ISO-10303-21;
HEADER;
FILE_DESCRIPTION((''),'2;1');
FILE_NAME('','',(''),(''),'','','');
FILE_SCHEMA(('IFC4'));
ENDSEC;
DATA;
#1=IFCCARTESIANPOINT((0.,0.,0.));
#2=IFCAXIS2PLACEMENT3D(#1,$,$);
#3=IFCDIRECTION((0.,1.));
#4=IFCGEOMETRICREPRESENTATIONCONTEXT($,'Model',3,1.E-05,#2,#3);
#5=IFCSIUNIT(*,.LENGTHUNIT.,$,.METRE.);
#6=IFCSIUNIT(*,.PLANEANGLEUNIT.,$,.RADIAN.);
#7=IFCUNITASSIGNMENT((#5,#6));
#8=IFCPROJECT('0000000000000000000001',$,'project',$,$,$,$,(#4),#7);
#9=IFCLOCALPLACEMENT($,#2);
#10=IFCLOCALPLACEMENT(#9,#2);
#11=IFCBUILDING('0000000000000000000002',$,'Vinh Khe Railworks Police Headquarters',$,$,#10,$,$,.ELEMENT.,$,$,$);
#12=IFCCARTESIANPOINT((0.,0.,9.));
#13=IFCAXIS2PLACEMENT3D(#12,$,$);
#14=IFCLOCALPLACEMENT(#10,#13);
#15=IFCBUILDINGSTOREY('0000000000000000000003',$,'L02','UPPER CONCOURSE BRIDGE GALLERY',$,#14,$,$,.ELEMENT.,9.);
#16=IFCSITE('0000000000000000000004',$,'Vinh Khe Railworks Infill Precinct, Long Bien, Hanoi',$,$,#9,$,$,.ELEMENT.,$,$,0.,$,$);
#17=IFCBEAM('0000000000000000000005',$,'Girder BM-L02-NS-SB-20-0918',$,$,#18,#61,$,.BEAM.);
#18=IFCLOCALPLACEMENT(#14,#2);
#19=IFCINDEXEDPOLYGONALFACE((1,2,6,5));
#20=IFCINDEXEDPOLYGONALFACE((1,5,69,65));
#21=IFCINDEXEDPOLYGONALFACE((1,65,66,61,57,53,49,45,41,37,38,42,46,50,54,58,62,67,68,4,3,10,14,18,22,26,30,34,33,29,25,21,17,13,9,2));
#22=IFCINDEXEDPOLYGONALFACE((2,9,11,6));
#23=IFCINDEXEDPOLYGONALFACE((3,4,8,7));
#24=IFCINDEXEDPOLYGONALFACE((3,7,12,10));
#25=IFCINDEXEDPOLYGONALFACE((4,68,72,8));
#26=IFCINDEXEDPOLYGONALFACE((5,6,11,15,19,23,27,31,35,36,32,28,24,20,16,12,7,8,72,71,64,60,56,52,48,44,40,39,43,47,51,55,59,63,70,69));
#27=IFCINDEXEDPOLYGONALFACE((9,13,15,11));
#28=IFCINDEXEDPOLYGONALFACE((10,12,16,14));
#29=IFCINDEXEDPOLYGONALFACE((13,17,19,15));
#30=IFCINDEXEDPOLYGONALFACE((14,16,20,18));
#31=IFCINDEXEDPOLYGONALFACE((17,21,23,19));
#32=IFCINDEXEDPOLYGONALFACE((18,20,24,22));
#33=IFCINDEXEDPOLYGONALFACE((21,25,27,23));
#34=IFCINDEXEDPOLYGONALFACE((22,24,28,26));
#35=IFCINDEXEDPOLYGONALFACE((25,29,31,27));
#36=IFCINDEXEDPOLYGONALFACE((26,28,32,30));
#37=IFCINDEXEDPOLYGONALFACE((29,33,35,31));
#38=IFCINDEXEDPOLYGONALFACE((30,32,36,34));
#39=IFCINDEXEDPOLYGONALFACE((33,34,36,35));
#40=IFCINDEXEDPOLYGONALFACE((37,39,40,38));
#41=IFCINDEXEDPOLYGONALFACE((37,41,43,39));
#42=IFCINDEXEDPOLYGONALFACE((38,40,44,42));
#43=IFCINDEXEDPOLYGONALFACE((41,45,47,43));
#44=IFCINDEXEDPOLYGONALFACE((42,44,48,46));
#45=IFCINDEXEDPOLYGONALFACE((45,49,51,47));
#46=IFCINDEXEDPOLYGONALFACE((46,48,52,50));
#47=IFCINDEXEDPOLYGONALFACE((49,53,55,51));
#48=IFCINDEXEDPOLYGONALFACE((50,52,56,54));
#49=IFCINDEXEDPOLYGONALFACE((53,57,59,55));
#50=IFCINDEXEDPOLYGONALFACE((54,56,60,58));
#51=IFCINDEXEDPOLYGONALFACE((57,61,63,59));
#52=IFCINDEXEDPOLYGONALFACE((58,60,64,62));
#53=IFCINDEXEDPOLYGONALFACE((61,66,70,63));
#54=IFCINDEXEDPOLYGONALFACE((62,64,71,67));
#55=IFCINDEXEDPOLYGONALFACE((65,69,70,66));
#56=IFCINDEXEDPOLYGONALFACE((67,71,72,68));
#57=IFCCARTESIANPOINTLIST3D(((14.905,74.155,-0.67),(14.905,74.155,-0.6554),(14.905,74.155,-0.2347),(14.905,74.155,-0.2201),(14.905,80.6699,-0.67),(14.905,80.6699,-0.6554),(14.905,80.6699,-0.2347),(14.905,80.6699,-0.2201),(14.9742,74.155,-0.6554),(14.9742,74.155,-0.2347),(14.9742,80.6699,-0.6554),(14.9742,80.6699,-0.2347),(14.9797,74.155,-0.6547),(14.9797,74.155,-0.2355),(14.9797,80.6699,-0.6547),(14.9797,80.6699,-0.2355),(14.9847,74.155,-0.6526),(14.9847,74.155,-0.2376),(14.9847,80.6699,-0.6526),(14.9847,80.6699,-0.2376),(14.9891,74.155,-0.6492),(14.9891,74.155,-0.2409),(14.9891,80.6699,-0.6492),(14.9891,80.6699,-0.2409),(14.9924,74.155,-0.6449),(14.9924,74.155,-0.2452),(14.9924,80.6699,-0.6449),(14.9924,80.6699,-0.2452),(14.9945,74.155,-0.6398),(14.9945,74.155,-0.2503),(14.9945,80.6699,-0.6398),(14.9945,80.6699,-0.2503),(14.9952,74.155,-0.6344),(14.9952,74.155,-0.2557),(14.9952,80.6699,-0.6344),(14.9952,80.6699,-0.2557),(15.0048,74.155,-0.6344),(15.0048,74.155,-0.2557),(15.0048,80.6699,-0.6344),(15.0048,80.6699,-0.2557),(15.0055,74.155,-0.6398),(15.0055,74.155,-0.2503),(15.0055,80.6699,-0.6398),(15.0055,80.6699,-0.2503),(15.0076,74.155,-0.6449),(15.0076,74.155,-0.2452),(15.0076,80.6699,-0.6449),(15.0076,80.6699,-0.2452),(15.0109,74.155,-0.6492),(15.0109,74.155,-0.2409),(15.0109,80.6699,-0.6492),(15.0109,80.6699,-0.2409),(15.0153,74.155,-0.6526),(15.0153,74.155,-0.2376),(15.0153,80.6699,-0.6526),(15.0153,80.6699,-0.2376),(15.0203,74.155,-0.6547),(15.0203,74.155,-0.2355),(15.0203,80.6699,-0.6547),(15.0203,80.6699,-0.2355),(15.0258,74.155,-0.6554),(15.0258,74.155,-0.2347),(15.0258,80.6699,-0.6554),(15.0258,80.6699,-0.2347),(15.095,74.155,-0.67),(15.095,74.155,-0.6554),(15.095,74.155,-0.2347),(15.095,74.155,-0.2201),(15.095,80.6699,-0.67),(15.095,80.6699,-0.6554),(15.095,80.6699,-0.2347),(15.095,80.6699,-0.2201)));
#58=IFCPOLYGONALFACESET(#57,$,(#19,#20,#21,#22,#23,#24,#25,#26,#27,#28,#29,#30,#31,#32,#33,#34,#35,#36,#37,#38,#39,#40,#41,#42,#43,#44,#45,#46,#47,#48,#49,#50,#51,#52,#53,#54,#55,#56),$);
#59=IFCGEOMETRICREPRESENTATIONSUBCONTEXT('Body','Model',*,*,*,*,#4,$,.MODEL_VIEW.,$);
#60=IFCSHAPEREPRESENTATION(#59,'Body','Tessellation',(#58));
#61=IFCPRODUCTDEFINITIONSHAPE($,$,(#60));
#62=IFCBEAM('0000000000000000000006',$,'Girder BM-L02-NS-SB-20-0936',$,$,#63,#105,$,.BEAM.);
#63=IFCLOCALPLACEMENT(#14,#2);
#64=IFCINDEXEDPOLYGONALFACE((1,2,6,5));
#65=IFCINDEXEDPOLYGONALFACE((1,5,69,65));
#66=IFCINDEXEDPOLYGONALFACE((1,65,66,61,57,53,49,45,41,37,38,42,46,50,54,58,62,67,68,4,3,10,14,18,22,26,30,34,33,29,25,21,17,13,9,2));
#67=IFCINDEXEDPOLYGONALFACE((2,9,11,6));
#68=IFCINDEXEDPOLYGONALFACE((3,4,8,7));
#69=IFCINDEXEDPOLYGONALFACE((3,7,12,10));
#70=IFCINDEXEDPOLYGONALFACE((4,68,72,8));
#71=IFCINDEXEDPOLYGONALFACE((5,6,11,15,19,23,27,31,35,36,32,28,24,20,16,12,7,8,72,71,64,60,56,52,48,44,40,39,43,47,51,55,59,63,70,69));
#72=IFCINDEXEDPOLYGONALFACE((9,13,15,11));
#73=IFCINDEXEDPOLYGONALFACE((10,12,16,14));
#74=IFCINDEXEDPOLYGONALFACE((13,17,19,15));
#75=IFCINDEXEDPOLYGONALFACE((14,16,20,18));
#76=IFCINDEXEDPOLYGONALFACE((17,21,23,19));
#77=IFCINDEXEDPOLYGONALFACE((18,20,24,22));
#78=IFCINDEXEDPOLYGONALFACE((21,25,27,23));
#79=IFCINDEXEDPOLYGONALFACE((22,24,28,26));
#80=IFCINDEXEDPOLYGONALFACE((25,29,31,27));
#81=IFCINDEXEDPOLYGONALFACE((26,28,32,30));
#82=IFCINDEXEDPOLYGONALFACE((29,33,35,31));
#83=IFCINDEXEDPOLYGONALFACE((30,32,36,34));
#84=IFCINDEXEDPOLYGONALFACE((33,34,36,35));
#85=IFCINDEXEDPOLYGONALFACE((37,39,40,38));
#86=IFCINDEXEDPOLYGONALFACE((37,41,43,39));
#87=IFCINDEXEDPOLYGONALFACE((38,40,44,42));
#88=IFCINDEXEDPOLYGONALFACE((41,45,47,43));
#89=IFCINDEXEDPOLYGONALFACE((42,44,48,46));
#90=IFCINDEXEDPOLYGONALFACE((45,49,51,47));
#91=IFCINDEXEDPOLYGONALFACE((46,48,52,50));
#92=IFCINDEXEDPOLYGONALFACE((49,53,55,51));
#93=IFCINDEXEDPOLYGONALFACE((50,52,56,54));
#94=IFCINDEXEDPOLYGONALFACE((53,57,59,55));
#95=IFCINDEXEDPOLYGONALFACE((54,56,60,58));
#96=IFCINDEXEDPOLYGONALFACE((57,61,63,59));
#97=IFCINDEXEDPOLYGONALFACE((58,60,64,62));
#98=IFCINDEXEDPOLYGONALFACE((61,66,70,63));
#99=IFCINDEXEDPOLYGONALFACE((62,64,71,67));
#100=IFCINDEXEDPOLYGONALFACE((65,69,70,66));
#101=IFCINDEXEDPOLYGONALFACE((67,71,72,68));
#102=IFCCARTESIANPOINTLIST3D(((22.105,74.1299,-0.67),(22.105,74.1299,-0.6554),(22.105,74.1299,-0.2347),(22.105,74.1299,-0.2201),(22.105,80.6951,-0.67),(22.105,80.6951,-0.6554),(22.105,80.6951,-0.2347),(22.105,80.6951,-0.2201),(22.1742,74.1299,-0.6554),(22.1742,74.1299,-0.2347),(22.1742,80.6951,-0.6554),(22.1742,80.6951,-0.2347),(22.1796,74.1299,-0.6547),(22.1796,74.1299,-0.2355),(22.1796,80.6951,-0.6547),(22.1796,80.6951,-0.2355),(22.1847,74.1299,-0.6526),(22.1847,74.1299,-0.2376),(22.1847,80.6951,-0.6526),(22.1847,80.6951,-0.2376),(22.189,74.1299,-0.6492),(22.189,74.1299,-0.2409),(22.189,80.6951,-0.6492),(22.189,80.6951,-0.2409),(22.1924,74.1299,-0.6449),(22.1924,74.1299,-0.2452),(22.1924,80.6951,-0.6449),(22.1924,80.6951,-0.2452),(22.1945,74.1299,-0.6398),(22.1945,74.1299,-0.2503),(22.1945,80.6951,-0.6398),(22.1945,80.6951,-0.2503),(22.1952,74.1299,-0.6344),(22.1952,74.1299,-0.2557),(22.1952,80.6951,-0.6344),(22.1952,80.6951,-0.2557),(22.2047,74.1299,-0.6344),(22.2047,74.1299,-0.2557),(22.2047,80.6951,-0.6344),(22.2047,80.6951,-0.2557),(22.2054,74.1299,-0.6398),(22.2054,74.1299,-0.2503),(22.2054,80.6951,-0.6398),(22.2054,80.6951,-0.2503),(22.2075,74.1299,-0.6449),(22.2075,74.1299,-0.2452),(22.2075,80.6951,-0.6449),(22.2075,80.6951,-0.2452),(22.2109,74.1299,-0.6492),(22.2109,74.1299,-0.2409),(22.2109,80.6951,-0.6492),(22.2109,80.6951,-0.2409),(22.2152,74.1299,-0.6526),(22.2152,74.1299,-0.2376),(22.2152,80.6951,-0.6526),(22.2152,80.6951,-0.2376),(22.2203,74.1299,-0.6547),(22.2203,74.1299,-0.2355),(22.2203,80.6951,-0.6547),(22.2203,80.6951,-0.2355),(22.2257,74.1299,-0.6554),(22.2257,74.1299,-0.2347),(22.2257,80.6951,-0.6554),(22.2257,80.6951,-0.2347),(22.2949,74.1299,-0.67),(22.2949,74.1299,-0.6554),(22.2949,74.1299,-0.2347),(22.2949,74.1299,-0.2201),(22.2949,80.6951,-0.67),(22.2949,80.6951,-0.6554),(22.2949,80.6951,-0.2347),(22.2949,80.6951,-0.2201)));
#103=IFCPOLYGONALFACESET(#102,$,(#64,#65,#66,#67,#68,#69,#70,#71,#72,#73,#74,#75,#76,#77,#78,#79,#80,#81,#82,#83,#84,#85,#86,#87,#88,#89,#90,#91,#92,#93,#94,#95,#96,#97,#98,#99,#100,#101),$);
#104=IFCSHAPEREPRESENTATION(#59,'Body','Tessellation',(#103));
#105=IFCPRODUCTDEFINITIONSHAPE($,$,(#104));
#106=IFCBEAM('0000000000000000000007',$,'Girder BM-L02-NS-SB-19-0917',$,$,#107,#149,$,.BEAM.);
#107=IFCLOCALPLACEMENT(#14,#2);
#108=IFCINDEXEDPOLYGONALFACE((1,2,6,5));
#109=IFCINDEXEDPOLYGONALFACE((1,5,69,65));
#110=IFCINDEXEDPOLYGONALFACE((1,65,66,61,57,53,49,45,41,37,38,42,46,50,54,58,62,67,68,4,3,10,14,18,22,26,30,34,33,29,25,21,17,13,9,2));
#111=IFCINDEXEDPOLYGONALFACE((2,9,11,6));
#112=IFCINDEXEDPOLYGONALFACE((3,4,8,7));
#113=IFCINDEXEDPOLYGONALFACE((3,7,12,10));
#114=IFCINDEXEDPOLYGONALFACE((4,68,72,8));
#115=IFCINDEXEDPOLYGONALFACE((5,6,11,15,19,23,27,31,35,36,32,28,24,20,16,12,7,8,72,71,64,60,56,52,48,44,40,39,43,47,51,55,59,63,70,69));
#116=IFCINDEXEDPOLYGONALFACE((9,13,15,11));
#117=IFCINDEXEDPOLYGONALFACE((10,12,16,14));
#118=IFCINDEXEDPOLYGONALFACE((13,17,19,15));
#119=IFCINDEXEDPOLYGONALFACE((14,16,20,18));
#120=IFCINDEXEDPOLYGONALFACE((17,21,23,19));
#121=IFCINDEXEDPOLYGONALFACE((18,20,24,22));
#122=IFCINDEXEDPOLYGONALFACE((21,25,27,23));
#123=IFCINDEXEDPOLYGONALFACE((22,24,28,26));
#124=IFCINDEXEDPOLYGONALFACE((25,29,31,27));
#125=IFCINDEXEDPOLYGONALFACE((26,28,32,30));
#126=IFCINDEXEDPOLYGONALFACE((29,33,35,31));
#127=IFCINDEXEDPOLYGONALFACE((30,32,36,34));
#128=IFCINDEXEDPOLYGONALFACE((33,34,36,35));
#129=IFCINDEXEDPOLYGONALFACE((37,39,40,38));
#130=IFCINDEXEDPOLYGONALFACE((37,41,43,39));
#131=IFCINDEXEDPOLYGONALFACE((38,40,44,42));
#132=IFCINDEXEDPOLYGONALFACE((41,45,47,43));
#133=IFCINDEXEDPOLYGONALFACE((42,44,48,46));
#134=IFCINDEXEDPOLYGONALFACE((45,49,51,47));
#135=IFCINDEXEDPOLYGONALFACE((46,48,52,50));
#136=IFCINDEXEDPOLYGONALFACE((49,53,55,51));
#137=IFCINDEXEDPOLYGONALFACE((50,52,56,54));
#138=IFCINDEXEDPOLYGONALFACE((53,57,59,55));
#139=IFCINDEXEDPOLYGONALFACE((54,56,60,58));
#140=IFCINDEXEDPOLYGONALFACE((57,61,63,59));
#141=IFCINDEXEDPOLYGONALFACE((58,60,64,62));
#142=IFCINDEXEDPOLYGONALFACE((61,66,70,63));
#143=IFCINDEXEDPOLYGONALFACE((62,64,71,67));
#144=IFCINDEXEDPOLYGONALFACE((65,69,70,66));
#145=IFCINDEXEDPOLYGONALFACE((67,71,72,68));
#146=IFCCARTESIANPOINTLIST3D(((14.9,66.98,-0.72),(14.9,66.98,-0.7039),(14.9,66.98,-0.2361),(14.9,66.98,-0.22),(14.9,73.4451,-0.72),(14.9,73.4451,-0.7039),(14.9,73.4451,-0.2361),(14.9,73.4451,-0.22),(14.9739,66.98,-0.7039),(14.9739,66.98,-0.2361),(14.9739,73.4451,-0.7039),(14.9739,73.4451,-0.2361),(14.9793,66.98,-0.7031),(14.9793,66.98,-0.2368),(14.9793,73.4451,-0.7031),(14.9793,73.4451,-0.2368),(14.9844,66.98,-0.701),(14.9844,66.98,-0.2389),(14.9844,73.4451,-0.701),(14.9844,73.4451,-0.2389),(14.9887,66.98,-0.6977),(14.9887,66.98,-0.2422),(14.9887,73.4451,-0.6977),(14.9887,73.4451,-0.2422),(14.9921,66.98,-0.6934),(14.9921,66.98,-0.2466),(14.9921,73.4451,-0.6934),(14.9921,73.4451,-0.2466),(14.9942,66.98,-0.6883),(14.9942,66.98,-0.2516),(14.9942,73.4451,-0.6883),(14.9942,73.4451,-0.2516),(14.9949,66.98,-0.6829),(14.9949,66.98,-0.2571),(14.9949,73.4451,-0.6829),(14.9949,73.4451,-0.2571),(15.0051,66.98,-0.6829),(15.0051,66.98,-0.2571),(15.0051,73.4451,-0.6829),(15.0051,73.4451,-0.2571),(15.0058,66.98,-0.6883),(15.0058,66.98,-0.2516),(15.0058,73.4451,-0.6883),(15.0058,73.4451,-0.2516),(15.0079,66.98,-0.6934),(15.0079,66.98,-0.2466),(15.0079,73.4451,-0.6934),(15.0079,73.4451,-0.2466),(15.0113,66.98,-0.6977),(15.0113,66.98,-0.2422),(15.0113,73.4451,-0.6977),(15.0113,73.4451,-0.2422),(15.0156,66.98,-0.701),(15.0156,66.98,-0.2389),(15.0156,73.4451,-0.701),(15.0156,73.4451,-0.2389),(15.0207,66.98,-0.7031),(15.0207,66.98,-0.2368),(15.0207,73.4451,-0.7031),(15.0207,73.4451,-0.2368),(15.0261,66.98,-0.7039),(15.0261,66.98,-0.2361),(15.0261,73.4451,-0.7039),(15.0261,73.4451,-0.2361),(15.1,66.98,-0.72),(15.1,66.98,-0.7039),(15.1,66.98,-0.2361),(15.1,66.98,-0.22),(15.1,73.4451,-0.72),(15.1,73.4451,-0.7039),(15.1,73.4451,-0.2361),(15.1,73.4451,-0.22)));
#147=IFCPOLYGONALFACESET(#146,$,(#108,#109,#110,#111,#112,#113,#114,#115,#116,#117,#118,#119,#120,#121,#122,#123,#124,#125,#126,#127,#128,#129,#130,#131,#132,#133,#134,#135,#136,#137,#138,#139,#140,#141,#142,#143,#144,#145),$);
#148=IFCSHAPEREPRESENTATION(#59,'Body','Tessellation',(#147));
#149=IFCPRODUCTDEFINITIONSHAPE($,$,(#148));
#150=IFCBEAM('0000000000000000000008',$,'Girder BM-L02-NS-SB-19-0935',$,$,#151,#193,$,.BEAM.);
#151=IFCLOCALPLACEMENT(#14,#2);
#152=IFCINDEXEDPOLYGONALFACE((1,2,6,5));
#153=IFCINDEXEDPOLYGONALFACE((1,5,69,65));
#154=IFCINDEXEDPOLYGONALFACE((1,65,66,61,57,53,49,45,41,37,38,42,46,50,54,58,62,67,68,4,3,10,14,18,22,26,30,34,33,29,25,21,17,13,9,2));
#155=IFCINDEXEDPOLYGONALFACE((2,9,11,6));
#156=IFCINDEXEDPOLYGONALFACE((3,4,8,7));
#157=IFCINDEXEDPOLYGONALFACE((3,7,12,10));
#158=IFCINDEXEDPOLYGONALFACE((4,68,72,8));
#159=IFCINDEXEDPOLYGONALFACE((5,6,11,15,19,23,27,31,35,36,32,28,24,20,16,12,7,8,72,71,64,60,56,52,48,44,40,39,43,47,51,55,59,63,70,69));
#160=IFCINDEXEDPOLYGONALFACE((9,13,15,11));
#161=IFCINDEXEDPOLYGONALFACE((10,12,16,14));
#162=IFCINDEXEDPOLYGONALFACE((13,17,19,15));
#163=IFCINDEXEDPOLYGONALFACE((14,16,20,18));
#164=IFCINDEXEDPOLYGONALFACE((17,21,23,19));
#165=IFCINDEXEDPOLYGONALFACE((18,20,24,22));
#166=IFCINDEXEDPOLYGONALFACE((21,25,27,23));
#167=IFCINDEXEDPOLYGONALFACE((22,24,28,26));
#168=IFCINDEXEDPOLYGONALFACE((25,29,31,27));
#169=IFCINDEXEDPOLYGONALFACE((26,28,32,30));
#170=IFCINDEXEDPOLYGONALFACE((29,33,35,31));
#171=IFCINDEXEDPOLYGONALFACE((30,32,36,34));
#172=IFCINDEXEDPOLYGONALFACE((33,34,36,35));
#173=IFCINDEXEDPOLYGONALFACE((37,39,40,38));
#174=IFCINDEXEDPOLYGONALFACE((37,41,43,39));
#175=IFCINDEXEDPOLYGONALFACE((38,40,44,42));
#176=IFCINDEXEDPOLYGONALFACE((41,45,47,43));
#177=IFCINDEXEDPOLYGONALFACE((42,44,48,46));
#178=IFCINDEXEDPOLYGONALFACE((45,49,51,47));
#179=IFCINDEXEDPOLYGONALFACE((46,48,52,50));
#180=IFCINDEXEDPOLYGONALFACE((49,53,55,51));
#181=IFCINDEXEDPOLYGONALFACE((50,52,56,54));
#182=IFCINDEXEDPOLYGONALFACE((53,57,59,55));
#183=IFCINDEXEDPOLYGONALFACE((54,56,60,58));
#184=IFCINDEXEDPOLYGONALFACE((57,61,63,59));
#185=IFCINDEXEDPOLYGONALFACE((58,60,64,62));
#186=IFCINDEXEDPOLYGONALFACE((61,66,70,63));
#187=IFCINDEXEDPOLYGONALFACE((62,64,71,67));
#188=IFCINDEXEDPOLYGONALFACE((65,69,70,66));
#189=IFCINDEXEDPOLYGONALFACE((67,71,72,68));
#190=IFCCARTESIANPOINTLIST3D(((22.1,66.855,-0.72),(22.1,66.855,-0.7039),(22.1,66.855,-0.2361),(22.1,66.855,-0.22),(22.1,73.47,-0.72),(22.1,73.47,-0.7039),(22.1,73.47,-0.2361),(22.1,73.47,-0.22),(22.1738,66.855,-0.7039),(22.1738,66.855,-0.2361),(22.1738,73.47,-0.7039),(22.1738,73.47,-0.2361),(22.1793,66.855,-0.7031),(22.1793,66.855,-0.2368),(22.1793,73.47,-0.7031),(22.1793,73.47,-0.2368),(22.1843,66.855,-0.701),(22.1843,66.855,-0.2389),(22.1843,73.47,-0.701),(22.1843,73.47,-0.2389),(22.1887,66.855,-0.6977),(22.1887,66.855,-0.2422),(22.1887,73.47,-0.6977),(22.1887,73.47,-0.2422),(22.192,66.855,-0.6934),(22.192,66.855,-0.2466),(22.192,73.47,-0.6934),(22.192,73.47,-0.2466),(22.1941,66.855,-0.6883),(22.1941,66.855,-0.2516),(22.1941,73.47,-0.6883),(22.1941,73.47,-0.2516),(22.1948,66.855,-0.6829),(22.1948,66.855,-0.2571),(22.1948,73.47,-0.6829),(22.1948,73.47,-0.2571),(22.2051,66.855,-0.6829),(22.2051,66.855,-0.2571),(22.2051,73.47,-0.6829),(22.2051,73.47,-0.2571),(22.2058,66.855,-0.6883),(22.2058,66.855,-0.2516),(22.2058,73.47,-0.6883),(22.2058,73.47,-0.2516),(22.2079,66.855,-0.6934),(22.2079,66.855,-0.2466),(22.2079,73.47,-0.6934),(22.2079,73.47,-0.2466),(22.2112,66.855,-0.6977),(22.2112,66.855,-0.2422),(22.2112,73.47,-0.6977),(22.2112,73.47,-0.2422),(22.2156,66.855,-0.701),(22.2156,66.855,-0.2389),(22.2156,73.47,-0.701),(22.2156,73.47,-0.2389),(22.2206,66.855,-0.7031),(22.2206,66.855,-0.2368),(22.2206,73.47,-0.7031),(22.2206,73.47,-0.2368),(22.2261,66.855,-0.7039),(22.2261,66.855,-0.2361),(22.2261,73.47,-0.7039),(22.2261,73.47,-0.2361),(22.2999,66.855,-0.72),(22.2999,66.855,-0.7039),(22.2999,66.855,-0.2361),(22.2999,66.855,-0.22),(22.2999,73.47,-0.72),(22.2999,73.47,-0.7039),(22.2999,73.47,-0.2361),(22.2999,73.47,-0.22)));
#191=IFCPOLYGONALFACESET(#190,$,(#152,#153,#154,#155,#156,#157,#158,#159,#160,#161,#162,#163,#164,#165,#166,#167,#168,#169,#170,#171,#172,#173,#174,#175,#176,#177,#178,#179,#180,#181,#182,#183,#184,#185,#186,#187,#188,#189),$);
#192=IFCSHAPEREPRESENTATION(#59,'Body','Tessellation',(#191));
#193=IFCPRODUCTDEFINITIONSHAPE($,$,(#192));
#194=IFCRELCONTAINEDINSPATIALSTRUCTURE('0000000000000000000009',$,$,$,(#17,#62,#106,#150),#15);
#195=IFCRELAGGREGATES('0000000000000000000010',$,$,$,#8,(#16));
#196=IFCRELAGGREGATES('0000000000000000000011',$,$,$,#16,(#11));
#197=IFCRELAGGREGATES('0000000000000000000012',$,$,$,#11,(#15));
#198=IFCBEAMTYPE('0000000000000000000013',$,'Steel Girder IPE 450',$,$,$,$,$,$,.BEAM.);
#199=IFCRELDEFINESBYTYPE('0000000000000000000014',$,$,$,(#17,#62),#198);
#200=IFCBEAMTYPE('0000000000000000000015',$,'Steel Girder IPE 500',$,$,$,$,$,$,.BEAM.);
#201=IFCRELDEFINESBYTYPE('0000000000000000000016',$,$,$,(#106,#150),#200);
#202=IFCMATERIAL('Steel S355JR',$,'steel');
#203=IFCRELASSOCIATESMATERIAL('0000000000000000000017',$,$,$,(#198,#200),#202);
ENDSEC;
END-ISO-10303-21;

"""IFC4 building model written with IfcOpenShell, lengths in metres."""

from ifc_helpers import new_model, si_unit, direction, frame, origin, origin_2d, place, context, subcontext, project, spatial, i_section, extrude, material, material_profile, profile_set, type_object, element, save


model = new_model("IFC4")

# Units and contexts
model_context = context("Model", 3, precision=1e-05, world=origin(), true_north=direction((0.0, 1.0)))
body_context = subcontext(model_context, "Body", "Model", "MODEL_VIEW")
ifc_project = project(units=[si_unit("LENGTHUNIT", "METRE"), si_unit("PLANEANGLEUNIT", "RADIAN")], contexts=[model_context])

# Site, building, storey
site_placement = place(None, origin())
site = spatial("IfcSite", under=ifc_project, at=site_placement, Name="Vinh Khe Railworks Infill Precinct, Long Bien, Hanoi", CompositionType="ELEMENT", RefElevation=0.0)
building_placement = place(site_placement, origin())
building = spatial("IfcBuilding", under=site, at=building_placement, Name="Vinh Khe Railworks Police Headquarters", CompositionType="ELEMENT")
storey_placement = place(building_placement, frame((0.0, 0.0, 9.0)))
storey = spatial("IfcBuildingStorey", under=building, at=storey_placement, Name="L02", Description="UPPER CONCOURSE BRIDGE GALLERY", CompositionType="ELEMENT", Elevation=9.0)

# Shared definitions
ifc_material_1 = material(Name="Steel S355JR", Category="steel")

# Beams
ifc_material_profile_1 = material_profile(ifc_material_1, i_section(OverallWidth=0.1899, OverallDepth=0.45, WebThickness=0.0095, FlangeThickness=0.0146, FilletRadius=0.021, at=origin_2d()), Name="IPE 450")
ifc_profile_set_1 = profile_set([ifc_material_profile_1], Name="Steel S355JR")
beam_type_1 = type_object("IfcBeamType", Name="Steel Girder IPE 450", PredefinedType="BEAM", material=ifc_profile_set_1)
beam_1_placement = place(storey_placement, frame((15.0, 74.155, -0.4451), z_axis=(0.0, 1.0, 0.0), x_axis=(-1.0, 0.0, 0.0)))
element("IfcBeam", 1, at=beam_1_placement, inside=storey, type_object=beam_type_1, Name="Girder BM-L02-NS-SB-20-0918", PredefinedType="BEAM", context=body_context, shape_type="SweptSolid", body=[
    extrude(i_section(OverallWidth=0.1899, OverallDepth=0.45, WebThickness=0.0095, FlangeThickness=0.0146, FilletRadius=0.021, at=origin_2d()), origin(), (0.0, 0.0, 1.0), 6.5149),
])
beam_2_placement = place(storey_placement, frame((22.2, 74.1299, -0.4451), z_axis=(0.0, 1.0, 0.0), x_axis=(-1.0, 0.0, 0.0)))
element("IfcBeam", 2, at=beam_2_placement, inside=storey, type_object=beam_type_1, Name="Girder BM-L02-NS-SB-20-0936", PredefinedType="BEAM", context=body_context, shape_type="SweptSolid", body=[
    extrude(i_section(OverallWidth=0.1899, OverallDepth=0.45, WebThickness=0.0095, FlangeThickness=0.0146, FilletRadius=0.021, at=origin_2d()), origin(), (0.0, 0.0, 1.0), 6.5652),
])
ifc_material_profile_2 = material_profile(ifc_material_1, i_section(OverallWidth=0.2, OverallDepth=0.5, WebThickness=0.0103, FlangeThickness=0.0161, FilletRadius=0.021, at=origin_2d()), Name="IPE 500")
ifc_profile_set_2 = profile_set([ifc_material_profile_2], Name="Steel S355JR")
beam_type_2 = type_object("IfcBeamType", Name="Steel Girder IPE 500", PredefinedType="BEAM", material=ifc_profile_set_2)
beam_3_placement = place(storey_placement, frame((15.0, 66.98, -0.47), z_axis=(0.0, 1.0, 0.0), x_axis=(-1.0, 0.0, 0.0)))
element("IfcBeam", 3, at=beam_3_placement, inside=storey, type_object=beam_type_2, Name="Girder BM-L02-NS-SB-19-0917", PredefinedType="BEAM", context=body_context, shape_type="SweptSolid", body=[
    extrude(i_section(OverallWidth=0.2, OverallDepth=0.5, WebThickness=0.0103, FlangeThickness=0.0161, FilletRadius=0.021, at=origin_2d()), origin(), (0.0, 0.0, 1.0), 6.4651),
])
beam_4_placement = place(storey_placement, frame((22.2, 66.855, -0.47), z_axis=(0.0, 1.0, 0.0), x_axis=(-1.0, 0.0, 0.0)))
element("IfcBeam", 4, at=beam_4_placement, inside=storey, type_object=beam_type_2, Name="Girder BM-L02-NS-SB-19-0935", PredefinedType="BEAM", context=body_context, shape_type="SweptSolid", body=[
    extrude(i_section(OverallWidth=0.2, OverallDepth=0.5, WebThickness=0.0103, FlangeThickness=0.0161, FilletRadius=0.021, at=origin_2d()), origin(), (0.0, 0.0, 1.0), 6.615),
])

save(model, "model.ifc")
